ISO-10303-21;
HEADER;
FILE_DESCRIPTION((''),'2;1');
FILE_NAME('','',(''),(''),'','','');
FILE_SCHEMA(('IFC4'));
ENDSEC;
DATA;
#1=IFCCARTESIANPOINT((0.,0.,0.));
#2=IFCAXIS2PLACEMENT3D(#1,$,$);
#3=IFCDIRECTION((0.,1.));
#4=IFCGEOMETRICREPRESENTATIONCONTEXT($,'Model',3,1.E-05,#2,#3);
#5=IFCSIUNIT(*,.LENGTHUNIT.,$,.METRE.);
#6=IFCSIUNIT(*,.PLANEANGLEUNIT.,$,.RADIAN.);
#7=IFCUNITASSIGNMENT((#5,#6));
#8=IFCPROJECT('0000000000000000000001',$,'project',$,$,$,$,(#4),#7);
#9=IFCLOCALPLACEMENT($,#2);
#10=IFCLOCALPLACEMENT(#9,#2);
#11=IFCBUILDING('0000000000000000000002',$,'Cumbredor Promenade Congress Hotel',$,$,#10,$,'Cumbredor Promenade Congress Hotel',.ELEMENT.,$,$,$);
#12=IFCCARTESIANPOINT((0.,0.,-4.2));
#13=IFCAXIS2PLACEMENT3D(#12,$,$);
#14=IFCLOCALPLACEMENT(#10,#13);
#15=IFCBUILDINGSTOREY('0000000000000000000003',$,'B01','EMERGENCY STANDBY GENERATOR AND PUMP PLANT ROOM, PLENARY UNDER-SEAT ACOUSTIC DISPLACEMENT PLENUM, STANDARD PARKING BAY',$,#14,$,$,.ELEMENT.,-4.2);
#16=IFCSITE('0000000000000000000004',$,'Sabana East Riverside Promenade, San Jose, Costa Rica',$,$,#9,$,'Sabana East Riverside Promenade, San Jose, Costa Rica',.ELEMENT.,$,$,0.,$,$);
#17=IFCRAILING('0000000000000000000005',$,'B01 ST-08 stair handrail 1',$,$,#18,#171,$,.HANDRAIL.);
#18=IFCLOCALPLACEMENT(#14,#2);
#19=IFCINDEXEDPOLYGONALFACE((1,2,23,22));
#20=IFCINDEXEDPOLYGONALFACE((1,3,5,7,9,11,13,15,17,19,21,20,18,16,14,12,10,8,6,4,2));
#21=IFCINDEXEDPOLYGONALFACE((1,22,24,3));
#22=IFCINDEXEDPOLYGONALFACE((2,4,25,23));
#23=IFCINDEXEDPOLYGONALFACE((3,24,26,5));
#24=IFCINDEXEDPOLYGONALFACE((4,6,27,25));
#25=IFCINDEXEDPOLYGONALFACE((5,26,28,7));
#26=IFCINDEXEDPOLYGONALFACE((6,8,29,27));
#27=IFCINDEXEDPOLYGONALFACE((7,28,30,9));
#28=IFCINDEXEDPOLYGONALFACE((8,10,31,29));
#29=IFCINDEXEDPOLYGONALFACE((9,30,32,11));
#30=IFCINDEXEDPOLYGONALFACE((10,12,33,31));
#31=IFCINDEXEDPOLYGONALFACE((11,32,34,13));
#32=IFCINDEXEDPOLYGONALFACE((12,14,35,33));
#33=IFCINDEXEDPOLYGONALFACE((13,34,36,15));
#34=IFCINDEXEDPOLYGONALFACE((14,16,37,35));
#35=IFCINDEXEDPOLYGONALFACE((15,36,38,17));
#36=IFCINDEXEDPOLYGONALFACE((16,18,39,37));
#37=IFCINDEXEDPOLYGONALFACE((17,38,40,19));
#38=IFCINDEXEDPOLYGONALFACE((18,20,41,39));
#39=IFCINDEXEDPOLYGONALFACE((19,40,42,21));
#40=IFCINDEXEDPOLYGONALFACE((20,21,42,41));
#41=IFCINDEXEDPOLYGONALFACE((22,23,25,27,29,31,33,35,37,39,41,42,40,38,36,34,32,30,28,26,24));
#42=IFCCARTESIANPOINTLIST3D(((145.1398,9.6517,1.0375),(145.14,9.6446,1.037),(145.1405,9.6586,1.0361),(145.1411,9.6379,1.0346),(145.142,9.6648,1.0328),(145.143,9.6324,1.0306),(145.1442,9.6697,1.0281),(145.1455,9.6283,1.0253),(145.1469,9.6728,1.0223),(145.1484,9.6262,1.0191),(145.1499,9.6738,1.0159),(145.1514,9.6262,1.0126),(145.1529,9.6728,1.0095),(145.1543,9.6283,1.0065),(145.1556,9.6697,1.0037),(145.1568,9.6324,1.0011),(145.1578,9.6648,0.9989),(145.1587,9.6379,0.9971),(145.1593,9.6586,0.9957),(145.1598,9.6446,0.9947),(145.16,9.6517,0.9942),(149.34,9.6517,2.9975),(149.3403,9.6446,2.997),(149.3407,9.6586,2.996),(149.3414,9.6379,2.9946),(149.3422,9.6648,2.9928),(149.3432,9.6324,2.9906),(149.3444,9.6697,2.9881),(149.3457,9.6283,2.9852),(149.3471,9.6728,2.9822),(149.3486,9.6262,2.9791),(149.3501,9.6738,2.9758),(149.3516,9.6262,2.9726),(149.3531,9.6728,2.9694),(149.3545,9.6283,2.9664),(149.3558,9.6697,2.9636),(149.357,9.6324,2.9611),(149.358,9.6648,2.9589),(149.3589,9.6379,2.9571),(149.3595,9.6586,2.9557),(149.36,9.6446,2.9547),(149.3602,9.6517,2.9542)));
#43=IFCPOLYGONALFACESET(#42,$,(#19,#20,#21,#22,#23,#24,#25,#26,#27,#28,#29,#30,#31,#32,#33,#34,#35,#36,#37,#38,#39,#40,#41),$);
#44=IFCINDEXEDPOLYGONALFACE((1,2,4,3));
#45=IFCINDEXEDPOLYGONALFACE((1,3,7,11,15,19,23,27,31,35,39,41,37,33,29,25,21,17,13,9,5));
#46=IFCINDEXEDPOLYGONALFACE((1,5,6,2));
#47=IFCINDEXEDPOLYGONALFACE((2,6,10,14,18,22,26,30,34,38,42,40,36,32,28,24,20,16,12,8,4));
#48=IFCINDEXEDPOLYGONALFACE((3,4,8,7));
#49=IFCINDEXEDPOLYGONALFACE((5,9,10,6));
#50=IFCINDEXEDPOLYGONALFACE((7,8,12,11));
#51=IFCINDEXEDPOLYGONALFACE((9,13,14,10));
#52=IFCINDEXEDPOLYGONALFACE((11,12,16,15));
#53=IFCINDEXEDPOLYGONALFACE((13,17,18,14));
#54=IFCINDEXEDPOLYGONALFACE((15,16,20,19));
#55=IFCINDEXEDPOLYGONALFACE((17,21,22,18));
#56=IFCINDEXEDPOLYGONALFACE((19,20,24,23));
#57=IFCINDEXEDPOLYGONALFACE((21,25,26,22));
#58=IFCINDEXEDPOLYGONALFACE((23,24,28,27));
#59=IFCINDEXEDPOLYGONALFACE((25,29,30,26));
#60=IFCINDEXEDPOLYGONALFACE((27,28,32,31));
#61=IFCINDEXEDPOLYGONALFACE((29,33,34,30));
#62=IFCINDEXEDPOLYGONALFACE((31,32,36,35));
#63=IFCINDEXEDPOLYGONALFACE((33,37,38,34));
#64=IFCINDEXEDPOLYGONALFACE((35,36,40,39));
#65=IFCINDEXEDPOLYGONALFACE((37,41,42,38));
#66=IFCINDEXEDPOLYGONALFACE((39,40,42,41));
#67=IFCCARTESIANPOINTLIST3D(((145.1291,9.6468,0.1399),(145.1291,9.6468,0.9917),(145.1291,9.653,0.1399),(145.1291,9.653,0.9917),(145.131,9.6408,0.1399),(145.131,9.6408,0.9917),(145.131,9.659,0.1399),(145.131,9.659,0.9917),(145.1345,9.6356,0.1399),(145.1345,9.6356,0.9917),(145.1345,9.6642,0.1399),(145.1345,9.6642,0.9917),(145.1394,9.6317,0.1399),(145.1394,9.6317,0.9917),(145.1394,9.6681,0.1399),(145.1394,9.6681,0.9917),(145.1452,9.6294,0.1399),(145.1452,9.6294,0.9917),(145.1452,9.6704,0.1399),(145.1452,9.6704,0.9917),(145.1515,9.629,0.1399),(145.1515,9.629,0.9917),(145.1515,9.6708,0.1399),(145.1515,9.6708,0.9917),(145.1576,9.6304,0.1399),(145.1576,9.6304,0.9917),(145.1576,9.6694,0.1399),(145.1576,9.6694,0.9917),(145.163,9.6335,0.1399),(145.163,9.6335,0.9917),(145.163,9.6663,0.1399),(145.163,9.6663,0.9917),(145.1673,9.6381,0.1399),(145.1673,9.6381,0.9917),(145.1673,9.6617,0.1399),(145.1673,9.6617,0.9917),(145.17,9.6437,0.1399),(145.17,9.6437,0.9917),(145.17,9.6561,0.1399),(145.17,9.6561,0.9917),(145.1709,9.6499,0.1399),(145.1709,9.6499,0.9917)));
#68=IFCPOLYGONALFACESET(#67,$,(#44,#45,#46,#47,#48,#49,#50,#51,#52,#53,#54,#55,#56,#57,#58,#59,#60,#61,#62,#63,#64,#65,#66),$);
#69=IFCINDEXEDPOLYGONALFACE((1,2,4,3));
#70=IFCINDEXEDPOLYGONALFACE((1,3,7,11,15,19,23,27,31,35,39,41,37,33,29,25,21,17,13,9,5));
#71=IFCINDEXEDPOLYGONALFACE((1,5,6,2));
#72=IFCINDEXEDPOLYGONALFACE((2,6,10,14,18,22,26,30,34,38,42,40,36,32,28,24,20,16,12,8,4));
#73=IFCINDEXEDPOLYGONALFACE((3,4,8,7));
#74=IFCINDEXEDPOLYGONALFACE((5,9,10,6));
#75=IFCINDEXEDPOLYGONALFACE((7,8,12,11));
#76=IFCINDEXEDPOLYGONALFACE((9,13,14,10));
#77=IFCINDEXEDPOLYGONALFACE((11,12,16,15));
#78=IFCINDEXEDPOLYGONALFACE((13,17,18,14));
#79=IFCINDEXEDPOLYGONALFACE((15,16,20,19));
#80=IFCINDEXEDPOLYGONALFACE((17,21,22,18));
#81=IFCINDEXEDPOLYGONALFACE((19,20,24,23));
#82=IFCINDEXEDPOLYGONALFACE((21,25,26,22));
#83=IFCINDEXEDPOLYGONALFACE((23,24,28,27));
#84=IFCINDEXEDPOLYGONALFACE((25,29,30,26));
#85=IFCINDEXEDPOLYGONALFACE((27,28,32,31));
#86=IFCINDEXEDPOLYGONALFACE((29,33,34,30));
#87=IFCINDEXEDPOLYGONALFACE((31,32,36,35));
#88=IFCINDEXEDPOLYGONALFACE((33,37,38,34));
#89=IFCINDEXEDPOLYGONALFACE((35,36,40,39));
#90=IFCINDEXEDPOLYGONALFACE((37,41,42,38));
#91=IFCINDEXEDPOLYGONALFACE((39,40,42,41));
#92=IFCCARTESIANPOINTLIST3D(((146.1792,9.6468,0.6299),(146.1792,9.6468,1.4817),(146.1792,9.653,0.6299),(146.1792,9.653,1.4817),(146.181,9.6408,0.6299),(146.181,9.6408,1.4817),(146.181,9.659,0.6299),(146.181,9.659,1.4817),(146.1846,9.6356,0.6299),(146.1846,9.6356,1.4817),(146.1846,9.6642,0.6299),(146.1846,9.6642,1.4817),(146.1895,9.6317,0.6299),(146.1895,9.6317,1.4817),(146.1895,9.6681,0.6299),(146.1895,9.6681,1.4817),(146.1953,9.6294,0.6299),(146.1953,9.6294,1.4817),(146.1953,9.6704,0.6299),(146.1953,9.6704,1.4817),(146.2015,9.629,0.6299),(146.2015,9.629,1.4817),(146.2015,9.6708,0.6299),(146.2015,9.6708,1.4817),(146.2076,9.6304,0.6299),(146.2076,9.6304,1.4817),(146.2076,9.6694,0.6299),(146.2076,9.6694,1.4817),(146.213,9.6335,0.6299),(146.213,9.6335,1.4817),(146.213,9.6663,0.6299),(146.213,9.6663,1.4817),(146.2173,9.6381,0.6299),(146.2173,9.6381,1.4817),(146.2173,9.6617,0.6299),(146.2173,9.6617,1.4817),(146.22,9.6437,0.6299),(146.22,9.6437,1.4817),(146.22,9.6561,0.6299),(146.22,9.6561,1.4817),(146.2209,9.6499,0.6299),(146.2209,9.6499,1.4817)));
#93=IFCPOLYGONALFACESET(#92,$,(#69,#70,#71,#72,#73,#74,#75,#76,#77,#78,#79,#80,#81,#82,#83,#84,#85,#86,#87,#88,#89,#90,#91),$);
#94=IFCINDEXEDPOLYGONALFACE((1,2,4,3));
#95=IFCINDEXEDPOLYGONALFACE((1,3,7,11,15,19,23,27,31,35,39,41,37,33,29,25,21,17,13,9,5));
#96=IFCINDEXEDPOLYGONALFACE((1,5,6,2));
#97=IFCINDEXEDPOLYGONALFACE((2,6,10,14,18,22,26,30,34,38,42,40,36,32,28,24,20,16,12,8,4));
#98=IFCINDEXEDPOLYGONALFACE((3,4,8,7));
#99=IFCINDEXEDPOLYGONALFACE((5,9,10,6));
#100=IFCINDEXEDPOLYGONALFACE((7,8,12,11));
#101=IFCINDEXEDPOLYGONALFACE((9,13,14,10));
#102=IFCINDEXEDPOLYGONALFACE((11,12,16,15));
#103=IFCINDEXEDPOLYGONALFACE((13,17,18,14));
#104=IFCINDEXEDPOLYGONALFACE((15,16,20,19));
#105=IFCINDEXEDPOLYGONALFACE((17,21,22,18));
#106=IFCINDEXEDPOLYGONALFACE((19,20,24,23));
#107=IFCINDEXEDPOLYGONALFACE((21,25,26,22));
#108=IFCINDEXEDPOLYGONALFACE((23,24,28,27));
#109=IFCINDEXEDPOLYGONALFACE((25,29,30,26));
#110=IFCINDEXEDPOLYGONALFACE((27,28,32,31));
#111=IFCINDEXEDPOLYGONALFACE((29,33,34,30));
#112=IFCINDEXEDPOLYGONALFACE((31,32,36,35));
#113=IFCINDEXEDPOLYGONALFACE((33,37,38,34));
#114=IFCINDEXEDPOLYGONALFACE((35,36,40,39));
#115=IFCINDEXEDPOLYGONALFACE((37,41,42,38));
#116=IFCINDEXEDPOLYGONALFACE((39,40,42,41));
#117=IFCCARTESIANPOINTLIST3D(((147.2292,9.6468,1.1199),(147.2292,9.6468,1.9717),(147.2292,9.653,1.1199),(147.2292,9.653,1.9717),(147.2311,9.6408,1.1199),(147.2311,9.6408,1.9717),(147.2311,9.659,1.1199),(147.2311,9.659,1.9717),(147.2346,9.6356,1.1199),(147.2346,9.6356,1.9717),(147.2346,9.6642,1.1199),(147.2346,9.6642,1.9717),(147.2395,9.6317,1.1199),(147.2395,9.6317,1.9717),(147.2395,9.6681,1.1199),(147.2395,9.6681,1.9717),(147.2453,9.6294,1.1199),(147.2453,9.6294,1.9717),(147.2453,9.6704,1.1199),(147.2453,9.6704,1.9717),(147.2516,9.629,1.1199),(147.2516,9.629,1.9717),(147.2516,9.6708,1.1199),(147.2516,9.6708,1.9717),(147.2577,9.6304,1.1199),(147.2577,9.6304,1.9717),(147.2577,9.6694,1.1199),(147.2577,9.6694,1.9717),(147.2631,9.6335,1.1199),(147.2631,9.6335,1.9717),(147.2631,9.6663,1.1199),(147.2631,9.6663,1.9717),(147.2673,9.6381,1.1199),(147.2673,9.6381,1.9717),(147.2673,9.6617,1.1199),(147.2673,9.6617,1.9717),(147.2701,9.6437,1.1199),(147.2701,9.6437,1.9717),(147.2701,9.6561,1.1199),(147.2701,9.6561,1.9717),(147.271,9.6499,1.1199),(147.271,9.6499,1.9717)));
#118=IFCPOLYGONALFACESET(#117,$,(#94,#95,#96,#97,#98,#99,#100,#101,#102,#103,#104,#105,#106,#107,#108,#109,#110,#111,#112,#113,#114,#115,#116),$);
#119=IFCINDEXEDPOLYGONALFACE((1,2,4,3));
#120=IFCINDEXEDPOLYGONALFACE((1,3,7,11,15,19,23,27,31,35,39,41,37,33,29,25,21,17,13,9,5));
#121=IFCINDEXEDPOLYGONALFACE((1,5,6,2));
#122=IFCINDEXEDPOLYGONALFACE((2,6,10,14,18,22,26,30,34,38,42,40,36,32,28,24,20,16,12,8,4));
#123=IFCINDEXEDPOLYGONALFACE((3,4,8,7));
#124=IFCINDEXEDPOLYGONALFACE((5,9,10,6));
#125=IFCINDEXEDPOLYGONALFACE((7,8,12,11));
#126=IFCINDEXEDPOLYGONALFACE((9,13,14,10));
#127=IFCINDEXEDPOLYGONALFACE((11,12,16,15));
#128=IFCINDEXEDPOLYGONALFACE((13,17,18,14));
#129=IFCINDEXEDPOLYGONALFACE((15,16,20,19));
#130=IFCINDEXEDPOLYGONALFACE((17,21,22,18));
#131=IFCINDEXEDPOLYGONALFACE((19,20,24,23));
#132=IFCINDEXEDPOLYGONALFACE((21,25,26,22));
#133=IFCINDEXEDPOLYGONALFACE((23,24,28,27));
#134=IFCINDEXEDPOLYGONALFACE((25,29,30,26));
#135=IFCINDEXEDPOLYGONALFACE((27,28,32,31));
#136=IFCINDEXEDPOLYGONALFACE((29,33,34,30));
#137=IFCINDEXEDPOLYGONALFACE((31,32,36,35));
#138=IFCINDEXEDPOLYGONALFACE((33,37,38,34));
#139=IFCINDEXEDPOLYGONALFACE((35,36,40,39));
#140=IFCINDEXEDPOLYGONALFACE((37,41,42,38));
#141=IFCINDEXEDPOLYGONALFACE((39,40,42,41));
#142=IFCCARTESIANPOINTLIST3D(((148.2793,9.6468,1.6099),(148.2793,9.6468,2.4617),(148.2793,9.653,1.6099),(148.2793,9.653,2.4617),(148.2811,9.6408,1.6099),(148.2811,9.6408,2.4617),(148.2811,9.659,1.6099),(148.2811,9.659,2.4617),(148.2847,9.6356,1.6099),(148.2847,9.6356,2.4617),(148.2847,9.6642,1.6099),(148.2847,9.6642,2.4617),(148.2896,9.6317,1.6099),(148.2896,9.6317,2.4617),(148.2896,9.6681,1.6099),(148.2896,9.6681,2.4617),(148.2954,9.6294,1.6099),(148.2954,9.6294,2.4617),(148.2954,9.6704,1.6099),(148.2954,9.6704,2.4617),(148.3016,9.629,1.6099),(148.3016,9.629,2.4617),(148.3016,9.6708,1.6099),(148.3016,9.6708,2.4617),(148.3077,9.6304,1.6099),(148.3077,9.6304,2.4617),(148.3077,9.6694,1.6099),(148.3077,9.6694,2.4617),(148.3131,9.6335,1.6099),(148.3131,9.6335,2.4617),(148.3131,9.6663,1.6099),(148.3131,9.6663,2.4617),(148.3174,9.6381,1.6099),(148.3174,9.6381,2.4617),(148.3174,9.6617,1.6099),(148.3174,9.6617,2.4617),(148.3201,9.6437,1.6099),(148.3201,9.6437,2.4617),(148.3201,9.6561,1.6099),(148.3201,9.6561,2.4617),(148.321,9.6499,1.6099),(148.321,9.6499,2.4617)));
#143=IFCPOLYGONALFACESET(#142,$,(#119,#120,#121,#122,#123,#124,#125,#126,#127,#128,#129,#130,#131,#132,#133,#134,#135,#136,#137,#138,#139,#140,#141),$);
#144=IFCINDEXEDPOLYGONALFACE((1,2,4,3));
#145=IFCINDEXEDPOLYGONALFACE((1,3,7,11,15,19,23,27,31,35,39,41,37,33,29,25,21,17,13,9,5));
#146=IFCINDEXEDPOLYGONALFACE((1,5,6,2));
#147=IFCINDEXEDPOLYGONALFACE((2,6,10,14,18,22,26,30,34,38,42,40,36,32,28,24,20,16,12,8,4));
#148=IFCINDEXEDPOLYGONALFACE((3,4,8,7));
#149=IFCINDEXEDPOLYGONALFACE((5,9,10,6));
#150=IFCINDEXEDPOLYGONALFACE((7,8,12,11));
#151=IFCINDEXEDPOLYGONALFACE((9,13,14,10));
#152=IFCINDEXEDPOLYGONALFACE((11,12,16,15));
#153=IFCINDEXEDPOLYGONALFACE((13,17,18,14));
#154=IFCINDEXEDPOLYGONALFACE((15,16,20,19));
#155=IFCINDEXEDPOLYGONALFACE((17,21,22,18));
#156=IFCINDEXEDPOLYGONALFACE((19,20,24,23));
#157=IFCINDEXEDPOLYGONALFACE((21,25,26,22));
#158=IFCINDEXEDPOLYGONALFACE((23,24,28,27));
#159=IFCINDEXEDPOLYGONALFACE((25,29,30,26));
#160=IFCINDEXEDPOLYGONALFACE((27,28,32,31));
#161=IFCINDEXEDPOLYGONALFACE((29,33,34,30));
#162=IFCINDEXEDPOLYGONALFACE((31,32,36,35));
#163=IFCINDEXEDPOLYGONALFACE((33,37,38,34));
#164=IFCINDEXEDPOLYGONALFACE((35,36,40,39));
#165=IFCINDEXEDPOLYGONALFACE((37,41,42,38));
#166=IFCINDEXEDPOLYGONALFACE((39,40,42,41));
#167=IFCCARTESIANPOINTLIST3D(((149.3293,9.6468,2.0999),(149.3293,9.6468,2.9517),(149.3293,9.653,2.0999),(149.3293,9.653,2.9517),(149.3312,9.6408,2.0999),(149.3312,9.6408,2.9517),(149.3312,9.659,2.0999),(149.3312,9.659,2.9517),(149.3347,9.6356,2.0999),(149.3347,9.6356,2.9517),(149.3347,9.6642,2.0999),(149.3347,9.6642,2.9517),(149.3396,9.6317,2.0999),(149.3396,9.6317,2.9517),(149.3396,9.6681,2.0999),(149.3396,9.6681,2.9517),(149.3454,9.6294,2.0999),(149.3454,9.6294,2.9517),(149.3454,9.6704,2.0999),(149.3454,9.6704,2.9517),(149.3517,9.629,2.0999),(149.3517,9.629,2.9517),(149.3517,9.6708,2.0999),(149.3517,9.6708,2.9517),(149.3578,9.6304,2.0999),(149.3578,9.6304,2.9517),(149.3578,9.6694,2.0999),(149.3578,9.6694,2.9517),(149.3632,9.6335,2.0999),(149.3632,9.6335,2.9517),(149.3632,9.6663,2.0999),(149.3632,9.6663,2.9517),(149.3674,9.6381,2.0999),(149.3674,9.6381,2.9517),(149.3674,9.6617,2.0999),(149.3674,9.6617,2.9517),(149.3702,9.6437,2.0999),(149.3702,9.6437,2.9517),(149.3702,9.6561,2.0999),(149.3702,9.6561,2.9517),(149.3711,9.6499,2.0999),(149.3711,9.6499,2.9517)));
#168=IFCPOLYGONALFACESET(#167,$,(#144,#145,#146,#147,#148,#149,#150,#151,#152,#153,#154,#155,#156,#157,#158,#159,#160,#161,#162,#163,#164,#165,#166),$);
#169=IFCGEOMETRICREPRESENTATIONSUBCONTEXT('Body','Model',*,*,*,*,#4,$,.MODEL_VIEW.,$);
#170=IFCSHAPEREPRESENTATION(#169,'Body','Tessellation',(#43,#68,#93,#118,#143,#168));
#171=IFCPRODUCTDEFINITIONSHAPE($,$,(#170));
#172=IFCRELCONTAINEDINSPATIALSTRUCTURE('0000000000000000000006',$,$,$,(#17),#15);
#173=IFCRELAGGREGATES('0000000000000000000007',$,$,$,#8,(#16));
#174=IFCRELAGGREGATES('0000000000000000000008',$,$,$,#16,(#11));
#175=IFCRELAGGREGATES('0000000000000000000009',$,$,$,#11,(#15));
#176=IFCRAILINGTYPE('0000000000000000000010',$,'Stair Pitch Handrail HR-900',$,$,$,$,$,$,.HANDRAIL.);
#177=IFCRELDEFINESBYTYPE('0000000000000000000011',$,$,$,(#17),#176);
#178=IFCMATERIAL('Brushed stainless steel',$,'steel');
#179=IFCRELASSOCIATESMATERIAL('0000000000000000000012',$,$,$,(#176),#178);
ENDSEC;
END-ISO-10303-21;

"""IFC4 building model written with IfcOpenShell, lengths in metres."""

from ifc_helpers import new_model, si_unit, direction, frame, origin, origin_2d, place, context, subcontext, project, spatial, circle, extrude, material, type_object, element, save


model = new_model("IFC4")

# Units and contexts
model_context = context("Model", 3, precision=1e-05, world=origin(), true_north=direction((0.0, 1.0)))
body_context = subcontext(model_context, "Body", "Model", "MODEL_VIEW")
ifc_project = project(units=[si_unit("LENGTHUNIT", "METRE"), si_unit("PLANEANGLEUNIT", "RADIAN")], contexts=[model_context])

# Site, building, storey
site_placement = place(None, origin())
site = spatial("IfcSite", under=ifc_project, at=site_placement, Name="Sabana East Riverside Promenade, San Jose, Costa Rica", LongName="Sabana East Riverside Promenade, San Jose, Costa Rica", CompositionType="ELEMENT", RefElevation=0.0)
building_placement = place(site_placement, origin())
building = spatial("IfcBuilding", under=site, at=building_placement, Name="Cumbredor Promenade Congress Hotel", LongName="Cumbredor Promenade Congress Hotel", CompositionType="ELEMENT")
storey_placement = place(building_placement, frame((0.0, 0.0, -4.2)))
storey = spatial("IfcBuildingStorey", under=building, at=storey_placement, Name="B01", Description="EMERGENCY STANDBY GENERATOR AND PUMP PLANT ROOM, PLENARY UNDER-SEAT ACOUSTIC DISPLACEMENT PLENUM, STANDARD PARKING BAY", CompositionType="ELEMENT", Elevation=-4.2)

# Railing
ifc_material_1 = material(Name="Brushed stainless steel", Category="steel")
railing_type = type_object("IfcRailingType", Name="Stair Pitch Handrail HR-900", PredefinedType="HANDRAIL", material=ifc_material_1)
railing_placement = place(storey_placement, frame((145.1499, 9.6499, 0.1399)))
element("IfcRailing", 1, at=railing_placement, inside=storey, type_object=railing_type, Name="B01 ST-08 stair handrail 1", PredefinedType="HANDRAIL", context=body_context, shape_type="SweptSolid", body=[
    extrude(circle(Radius=0.0239, at=origin_2d()), frame((0.0, 0.0, 0.876), z_axis=(0.906194, 0.0, 0.422862), x_axis=(0.0, 1.0, 0.0)), (0.0, 0.0, 1.0), 4.635),
    extrude(circle(Radius=0.021, at=origin_2d()), origin(), (0.0, 0.0, 1.0), 0.8518),
    extrude(circle(Radius=0.021, at=origin_2d()), frame((1.05, 0.0, 0.49)), (0.0, 0.0, 1.0), 0.8518),
    extrude(circle(Radius=0.021, at=origin_2d()), frame((2.1001, 0.0, 0.98)), (0.0, 0.0, 1.0), 0.8518),
    extrude(circle(Radius=0.021, at=origin_2d()), frame((3.1501, 0.0, 1.47)), (0.0, 0.0, 1.0), 0.8518),
    extrude(circle(Radius=0.021, at=origin_2d()), frame((4.2002, 0.0, 1.96)), (0.0, 0.0, 1.0), 0.8518),
])

save(model, "model.ifc")
